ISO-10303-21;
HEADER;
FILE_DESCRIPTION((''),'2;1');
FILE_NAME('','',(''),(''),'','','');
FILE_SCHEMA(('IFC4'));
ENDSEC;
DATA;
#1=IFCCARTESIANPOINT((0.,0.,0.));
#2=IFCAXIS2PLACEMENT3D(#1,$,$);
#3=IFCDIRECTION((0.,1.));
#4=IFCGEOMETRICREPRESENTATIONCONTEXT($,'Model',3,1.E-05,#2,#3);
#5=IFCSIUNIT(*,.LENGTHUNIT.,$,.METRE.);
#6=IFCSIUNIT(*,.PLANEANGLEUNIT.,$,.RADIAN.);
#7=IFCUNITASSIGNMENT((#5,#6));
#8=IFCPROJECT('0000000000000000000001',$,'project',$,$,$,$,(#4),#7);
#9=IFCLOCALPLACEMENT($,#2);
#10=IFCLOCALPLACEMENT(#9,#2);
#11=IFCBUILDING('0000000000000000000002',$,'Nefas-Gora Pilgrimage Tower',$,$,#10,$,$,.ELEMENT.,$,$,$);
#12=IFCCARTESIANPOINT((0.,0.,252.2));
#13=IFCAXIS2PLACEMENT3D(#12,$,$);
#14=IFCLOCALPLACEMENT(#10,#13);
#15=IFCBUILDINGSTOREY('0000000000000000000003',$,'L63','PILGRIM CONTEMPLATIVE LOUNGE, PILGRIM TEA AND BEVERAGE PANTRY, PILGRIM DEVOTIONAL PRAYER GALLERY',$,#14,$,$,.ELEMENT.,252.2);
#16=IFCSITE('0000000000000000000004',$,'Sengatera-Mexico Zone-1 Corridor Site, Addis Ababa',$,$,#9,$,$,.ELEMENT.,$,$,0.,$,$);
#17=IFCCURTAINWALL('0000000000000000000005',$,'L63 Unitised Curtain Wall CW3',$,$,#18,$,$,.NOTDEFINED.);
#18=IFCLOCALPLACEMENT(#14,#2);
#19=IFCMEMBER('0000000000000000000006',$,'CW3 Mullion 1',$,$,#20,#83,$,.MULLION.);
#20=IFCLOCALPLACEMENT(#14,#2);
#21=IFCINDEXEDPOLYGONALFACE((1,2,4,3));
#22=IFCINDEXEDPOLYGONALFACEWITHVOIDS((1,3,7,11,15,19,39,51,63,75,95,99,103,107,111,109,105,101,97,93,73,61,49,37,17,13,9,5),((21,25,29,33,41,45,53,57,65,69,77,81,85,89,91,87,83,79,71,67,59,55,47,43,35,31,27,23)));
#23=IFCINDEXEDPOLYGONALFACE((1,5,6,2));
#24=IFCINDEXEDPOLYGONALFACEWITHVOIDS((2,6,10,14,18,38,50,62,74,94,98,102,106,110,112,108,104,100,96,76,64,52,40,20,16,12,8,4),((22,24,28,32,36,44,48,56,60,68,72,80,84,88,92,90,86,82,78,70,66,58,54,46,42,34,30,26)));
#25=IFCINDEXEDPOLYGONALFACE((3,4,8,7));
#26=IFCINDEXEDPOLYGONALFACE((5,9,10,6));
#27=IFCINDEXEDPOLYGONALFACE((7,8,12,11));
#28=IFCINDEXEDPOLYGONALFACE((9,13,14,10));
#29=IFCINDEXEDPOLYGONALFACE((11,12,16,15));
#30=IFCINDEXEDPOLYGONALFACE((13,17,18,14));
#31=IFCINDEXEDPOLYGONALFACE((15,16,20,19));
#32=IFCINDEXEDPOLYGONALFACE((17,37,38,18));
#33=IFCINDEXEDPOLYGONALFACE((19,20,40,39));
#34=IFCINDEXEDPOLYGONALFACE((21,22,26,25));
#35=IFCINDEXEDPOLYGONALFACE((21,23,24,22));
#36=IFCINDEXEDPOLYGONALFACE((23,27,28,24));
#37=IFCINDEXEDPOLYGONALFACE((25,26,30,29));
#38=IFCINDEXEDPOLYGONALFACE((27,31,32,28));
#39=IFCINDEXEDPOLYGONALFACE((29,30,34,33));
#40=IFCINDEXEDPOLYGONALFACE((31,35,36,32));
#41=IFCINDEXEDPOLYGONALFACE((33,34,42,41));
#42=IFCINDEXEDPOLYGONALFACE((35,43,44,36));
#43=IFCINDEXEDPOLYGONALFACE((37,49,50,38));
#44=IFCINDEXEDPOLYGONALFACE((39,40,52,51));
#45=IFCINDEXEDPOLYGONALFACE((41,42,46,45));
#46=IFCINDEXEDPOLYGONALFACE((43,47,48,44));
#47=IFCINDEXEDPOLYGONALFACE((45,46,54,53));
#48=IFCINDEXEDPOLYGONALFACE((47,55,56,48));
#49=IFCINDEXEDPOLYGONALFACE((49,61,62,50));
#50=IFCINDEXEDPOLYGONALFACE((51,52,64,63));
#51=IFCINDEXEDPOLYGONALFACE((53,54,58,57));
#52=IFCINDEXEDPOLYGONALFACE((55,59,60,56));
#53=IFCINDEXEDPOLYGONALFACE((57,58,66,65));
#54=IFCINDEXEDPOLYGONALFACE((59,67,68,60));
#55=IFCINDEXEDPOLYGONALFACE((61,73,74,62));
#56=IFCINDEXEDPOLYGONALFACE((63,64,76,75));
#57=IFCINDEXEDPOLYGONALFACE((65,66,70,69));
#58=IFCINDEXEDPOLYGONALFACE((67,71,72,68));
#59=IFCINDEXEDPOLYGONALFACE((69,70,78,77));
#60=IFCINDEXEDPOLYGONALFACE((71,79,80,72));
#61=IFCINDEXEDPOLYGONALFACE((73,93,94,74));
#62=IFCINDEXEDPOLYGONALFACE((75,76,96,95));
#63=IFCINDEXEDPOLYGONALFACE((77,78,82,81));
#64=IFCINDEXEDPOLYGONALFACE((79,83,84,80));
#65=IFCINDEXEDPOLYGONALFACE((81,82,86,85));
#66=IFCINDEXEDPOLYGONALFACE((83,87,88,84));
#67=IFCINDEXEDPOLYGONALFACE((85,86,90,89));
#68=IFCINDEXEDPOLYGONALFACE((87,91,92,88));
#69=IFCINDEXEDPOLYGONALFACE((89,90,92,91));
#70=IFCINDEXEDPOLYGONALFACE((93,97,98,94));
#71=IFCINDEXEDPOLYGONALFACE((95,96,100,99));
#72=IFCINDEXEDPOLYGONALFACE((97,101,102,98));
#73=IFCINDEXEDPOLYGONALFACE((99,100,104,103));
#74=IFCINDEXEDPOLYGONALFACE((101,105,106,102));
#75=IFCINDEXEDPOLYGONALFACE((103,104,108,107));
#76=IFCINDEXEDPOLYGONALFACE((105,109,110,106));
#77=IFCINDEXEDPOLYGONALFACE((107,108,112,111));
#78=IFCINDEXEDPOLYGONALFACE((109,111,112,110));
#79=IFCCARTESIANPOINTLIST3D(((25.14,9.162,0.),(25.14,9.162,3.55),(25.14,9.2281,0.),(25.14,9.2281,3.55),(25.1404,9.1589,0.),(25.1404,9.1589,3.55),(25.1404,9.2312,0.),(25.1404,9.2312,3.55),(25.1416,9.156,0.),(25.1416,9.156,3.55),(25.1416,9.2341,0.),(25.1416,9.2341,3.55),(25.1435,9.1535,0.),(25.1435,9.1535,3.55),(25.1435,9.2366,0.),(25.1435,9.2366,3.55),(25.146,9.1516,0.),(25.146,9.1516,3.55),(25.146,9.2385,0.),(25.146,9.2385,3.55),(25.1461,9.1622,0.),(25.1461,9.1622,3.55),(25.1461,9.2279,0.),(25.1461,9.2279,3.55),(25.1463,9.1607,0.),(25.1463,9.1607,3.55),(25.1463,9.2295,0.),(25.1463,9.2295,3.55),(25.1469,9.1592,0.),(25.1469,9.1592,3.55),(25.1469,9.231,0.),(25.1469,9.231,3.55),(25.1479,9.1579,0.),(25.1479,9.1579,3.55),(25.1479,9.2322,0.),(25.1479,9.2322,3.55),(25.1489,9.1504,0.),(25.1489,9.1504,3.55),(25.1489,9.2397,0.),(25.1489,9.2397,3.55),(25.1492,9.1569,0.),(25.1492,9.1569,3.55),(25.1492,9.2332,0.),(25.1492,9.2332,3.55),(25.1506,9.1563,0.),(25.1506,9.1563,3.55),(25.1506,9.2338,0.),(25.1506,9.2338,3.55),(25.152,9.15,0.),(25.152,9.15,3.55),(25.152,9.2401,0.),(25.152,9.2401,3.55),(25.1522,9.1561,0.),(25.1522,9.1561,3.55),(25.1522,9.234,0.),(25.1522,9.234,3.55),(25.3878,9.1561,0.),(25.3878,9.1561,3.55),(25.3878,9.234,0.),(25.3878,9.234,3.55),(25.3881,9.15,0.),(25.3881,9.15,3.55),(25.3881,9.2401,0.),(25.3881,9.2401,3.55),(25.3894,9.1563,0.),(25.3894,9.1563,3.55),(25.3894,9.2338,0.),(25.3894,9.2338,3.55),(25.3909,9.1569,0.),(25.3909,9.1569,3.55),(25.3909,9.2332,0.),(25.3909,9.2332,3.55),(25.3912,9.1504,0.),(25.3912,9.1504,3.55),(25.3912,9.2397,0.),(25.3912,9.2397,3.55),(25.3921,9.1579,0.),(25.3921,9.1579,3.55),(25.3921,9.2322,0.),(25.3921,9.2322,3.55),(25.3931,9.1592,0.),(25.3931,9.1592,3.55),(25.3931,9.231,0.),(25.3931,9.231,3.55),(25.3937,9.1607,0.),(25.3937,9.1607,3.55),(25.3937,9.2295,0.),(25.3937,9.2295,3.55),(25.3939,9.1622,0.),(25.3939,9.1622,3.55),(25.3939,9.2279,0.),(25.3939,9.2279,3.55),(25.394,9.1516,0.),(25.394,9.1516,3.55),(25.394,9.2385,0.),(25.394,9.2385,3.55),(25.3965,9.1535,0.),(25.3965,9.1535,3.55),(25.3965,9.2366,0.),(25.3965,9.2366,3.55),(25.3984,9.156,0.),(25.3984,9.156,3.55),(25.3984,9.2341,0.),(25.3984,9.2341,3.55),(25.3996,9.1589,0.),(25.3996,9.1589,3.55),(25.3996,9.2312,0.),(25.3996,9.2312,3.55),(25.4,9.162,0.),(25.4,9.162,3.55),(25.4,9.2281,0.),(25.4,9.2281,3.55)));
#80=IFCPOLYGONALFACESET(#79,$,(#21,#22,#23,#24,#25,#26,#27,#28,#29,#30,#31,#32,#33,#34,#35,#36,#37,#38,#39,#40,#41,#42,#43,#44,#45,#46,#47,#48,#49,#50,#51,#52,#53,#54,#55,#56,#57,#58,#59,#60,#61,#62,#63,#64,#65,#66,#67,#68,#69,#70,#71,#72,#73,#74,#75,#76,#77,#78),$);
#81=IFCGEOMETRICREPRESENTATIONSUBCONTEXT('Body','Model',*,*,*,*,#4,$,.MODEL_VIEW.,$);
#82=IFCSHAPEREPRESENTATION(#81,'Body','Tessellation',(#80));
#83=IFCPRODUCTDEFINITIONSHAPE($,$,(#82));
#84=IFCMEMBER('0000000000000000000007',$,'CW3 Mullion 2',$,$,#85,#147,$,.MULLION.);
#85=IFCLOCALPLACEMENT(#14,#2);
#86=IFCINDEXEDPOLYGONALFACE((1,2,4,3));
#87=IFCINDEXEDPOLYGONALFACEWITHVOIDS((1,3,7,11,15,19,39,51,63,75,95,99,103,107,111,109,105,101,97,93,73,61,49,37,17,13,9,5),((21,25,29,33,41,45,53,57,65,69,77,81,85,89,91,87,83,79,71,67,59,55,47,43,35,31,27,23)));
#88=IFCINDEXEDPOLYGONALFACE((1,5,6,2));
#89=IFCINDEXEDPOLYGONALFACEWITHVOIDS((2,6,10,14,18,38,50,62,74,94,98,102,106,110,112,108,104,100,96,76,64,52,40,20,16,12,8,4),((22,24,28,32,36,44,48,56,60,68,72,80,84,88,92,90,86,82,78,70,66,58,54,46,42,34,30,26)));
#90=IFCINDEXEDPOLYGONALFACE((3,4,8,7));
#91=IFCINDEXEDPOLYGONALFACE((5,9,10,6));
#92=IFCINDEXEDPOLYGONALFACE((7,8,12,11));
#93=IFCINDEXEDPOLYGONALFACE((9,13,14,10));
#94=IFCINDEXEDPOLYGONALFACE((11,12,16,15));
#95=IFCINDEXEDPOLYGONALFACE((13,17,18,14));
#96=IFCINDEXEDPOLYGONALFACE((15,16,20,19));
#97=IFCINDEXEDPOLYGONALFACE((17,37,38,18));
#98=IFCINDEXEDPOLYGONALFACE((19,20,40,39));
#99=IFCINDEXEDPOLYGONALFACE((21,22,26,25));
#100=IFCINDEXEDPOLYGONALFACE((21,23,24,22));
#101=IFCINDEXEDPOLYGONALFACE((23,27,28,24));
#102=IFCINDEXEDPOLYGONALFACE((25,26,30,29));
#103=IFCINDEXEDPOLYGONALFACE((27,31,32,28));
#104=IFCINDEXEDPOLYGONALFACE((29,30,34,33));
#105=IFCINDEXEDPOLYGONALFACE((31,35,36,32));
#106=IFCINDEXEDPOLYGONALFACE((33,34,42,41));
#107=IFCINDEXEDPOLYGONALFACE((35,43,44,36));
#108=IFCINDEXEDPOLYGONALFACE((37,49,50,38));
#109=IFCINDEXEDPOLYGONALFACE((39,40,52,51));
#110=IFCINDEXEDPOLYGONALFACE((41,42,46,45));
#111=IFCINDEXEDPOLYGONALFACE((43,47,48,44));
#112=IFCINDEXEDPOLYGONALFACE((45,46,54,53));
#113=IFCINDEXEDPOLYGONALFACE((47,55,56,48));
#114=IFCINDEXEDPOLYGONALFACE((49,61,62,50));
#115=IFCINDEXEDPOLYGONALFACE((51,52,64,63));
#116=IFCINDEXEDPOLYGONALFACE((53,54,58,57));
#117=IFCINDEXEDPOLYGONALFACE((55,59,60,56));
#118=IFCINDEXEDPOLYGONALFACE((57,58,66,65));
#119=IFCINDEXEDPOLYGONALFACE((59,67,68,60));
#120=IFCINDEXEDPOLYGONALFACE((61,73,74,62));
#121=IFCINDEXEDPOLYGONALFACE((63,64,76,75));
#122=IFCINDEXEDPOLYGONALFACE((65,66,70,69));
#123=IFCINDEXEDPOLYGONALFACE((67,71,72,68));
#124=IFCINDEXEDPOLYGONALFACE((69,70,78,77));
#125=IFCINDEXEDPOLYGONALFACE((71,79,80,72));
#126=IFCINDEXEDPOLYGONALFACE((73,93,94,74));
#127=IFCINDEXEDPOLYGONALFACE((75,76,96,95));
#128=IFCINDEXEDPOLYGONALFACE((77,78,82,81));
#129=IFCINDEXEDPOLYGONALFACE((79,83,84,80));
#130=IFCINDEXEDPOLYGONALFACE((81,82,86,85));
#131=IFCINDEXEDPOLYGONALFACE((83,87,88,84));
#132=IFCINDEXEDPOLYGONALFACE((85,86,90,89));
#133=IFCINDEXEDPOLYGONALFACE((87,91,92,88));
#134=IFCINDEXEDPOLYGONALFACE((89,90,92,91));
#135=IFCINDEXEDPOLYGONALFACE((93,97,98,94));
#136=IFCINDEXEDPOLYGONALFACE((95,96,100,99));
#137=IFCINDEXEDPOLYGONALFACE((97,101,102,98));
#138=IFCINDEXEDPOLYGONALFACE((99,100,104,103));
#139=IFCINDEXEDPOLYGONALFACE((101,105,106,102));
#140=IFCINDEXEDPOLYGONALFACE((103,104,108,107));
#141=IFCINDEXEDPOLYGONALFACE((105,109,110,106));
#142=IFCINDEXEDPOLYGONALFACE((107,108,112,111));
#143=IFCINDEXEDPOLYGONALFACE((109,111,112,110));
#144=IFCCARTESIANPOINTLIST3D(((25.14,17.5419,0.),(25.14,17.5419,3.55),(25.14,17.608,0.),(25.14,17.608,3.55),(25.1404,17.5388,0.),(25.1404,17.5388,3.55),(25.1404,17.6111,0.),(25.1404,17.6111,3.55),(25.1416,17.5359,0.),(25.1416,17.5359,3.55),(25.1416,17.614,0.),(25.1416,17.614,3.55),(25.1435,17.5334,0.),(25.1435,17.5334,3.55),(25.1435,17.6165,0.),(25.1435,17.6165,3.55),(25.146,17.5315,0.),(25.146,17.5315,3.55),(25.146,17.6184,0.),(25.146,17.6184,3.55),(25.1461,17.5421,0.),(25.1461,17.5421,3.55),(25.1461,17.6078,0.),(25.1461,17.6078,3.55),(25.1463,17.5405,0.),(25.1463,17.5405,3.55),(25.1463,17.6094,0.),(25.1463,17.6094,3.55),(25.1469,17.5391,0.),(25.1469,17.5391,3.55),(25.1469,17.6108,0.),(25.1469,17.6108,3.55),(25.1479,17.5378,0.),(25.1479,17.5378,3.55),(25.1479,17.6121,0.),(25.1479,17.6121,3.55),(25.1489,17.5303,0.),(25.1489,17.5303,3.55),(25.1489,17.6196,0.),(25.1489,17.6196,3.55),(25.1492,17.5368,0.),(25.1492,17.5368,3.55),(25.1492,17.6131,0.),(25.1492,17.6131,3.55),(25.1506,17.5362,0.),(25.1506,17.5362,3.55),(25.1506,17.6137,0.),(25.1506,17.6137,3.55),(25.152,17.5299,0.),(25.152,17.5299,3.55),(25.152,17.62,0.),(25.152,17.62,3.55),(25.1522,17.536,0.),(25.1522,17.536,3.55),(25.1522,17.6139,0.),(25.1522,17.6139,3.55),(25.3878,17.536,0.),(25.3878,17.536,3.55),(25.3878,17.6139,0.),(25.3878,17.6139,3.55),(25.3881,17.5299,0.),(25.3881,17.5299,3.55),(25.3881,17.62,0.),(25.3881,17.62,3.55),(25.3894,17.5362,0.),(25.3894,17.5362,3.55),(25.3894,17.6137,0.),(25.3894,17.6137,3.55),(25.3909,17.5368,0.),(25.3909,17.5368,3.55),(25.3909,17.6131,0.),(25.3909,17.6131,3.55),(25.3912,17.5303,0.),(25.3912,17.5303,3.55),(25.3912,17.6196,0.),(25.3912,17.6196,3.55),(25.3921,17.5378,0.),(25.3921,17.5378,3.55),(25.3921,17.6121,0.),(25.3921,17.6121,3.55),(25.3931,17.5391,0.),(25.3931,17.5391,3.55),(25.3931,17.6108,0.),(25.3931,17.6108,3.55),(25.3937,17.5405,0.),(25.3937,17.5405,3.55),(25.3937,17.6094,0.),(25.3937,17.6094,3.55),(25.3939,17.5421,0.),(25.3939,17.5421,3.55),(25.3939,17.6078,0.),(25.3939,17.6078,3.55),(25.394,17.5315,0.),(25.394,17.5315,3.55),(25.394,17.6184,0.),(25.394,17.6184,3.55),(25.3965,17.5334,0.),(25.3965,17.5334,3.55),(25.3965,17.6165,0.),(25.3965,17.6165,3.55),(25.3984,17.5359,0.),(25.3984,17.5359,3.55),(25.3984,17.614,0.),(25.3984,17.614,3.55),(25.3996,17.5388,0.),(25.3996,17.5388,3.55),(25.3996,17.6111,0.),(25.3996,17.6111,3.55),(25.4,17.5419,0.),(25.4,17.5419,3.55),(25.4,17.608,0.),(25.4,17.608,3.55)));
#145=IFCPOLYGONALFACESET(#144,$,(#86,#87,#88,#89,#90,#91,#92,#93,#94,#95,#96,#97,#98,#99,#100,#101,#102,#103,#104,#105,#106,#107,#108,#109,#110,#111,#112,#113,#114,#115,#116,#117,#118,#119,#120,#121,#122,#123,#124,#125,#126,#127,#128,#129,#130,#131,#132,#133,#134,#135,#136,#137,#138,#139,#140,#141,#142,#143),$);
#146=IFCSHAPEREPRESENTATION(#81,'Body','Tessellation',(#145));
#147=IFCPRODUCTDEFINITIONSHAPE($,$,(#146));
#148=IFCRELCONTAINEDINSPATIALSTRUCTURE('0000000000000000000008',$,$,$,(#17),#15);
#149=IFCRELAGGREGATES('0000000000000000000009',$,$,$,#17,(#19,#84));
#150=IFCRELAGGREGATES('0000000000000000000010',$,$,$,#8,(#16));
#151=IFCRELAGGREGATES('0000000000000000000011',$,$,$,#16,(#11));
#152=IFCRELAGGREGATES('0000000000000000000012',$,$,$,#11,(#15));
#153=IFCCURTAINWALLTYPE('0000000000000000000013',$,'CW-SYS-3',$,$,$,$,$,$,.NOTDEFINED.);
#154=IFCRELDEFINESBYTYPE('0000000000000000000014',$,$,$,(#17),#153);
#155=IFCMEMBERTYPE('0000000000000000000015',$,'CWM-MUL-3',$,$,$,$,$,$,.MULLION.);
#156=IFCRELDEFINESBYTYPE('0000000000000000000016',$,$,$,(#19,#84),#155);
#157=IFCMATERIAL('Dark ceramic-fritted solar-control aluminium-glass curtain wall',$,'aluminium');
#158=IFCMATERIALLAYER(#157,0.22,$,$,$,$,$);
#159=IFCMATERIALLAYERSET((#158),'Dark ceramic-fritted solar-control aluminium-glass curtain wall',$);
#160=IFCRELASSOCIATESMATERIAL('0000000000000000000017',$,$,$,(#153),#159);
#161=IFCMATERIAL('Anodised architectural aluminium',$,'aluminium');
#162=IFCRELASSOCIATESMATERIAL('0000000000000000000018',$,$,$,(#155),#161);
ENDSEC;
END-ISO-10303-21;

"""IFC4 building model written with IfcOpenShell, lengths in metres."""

from ifc_helpers import new_model, si_unit, direction, frame, origin, origin_2d, place, context, subcontext, project, spatial, hollow_rectangle, extrude, source, transform, mapped, material, layer, layer_set, material_profile, profile_set, type_object, element, aggregate, save


model = new_model("IFC4")

# Units and contexts
model_context = context("Model", 3, precision=1e-05, world=origin(), true_north=direction((0.0, 1.0)))
body_context = subcontext(model_context, "Body", "Model", "MODEL_VIEW")
ifc_project = project(units=[si_unit("LENGTHUNIT", "METRE"), si_unit("PLANEANGLEUNIT", "RADIAN")], contexts=[model_context])

# Site, building, storey
site_placement = place(None, origin())
site = spatial("IfcSite", under=ifc_project, at=site_placement, Name="Sengatera-Mexico Zone-1 Corridor Site, Addis Ababa", CompositionType="ELEMENT", RefElevation=0.0)
building_placement = place(site_placement, origin())
building = spatial("IfcBuilding", under=site, at=building_placement, Name="Nefas-Gora Pilgrimage Tower", CompositionType="ELEMENT")
storey_placement = place(building_placement, frame((0.0, 0.0, 252.2)))
storey = spatial("IfcBuildingStorey", under=building, at=storey_placement, Name="L63", Description="PILGRIM CONTEMPLATIVE LOUNGE, PILGRIM TEA AND BEVERAGE PANTRY, PILGRIM DEVOTIONAL PRAYER GALLERY", CompositionType="ELEMENT", Elevation=252.2)

# Curtain wall, members
ifc_material_1 = material(Name="Dark ceramic-fritted solar-control aluminium-glass curtain wall", Category="aluminium")
ifc_layer_1 = layer(ifc_material_1, 0.22)
ifc_layer_set_1 = layer_set([ifc_layer_1], Name="Dark ceramic-fritted solar-control aluminium-glass curtain wall")
curtain_wall_type = type_object("IfcCurtainWallType", Name="CW-SYS-3", PredefinedType="NOTDEFINED", material=ifc_layer_set_1)
curtain_wall_1_placement = place(storey_placement, origin())
curtain_wall_1 = element("IfcCurtainWall", 1, at=curtain_wall_1_placement, inside=storey, type_object=curtain_wall_type, Name="L63 Unitised Curtain Wall CW3", PredefinedType="NOTDEFINED")
ifc_material_2 = material(Name="Anodised architectural aluminium", Category="aluminium")
ifc_material_profile_1 = material_profile(ifc_material_2, hollow_rectangle(XDim=0.0901, YDim=0.26, WallThickness=0.0061, InnerFilletRadius=0.0061, OuterFilletRadius=0.012, at=origin_2d()), Name="ALU MULLION 90x260")
ifc_profile_set_1 = profile_set([ifc_material_profile_1], Name="Anodised architectural aluminium")
member_type_1 = type_object("IfcMemberType", Name="CWM-MUL-3", PredefinedType="MULLION", material=ifc_profile_set_1)
shared_shape_1 = source(origin(), body_context, "Body", "SweptSolid", [
    extrude(hollow_rectangle(XDim=0.0901, YDim=0.26, WallThickness=0.0061, InnerFilletRadius=0.0061, OuterFilletRadius=0.012, at=origin_2d()), origin(), (0.0, 0.0, 1.0), 3.55),
])
member_1_placement = place(storey_placement, frame((25.27, 9.1951, 0.0), z_axis=(0.0, 0.0, 1.0), x_axis=(0.0, 1.0, 0.0)))
member_1 = element("IfcMember", 2, at=member_1_placement, type_object=member_type_1, Name="CW3 Mullion 1", PredefinedType="MULLION", context=body_context, shape_type="MappedRepresentation", body=[
    mapped(shared_shape_1, transform((0.0, 0.0, 0.0), x_axis=(1.0, 0.0, 0.0), y_axis=(0.0, 1.0, 0.0), z_axis=(0.0, 0.0, 1.0), scale=1.0)),
])
member_2_placement = place(storey_placement, frame((25.27, 17.575, 0.0), z_axis=(0.0, 0.0, 1.0), x_axis=(0.0, 1.0, 0.0)))
member_2 = element("IfcMember", 3, at=member_2_placement, type_object=member_type_1, Name="CW3 Mullion 2", PredefinedType="MULLION", context=body_context, shape_type="MappedRepresentation", body=[
    mapped(shared_shape_1, transform((0.0, 0.0, 0.0), x_axis=(1.0, 0.0, 0.0), y_axis=(0.0, 1.0, 0.0), z_axis=(0.0, 0.0, 1.0), scale=1.0)),
])

aggregate(curtain_wall_1, [member_1, member_2])

save(model, "model.ifc")
